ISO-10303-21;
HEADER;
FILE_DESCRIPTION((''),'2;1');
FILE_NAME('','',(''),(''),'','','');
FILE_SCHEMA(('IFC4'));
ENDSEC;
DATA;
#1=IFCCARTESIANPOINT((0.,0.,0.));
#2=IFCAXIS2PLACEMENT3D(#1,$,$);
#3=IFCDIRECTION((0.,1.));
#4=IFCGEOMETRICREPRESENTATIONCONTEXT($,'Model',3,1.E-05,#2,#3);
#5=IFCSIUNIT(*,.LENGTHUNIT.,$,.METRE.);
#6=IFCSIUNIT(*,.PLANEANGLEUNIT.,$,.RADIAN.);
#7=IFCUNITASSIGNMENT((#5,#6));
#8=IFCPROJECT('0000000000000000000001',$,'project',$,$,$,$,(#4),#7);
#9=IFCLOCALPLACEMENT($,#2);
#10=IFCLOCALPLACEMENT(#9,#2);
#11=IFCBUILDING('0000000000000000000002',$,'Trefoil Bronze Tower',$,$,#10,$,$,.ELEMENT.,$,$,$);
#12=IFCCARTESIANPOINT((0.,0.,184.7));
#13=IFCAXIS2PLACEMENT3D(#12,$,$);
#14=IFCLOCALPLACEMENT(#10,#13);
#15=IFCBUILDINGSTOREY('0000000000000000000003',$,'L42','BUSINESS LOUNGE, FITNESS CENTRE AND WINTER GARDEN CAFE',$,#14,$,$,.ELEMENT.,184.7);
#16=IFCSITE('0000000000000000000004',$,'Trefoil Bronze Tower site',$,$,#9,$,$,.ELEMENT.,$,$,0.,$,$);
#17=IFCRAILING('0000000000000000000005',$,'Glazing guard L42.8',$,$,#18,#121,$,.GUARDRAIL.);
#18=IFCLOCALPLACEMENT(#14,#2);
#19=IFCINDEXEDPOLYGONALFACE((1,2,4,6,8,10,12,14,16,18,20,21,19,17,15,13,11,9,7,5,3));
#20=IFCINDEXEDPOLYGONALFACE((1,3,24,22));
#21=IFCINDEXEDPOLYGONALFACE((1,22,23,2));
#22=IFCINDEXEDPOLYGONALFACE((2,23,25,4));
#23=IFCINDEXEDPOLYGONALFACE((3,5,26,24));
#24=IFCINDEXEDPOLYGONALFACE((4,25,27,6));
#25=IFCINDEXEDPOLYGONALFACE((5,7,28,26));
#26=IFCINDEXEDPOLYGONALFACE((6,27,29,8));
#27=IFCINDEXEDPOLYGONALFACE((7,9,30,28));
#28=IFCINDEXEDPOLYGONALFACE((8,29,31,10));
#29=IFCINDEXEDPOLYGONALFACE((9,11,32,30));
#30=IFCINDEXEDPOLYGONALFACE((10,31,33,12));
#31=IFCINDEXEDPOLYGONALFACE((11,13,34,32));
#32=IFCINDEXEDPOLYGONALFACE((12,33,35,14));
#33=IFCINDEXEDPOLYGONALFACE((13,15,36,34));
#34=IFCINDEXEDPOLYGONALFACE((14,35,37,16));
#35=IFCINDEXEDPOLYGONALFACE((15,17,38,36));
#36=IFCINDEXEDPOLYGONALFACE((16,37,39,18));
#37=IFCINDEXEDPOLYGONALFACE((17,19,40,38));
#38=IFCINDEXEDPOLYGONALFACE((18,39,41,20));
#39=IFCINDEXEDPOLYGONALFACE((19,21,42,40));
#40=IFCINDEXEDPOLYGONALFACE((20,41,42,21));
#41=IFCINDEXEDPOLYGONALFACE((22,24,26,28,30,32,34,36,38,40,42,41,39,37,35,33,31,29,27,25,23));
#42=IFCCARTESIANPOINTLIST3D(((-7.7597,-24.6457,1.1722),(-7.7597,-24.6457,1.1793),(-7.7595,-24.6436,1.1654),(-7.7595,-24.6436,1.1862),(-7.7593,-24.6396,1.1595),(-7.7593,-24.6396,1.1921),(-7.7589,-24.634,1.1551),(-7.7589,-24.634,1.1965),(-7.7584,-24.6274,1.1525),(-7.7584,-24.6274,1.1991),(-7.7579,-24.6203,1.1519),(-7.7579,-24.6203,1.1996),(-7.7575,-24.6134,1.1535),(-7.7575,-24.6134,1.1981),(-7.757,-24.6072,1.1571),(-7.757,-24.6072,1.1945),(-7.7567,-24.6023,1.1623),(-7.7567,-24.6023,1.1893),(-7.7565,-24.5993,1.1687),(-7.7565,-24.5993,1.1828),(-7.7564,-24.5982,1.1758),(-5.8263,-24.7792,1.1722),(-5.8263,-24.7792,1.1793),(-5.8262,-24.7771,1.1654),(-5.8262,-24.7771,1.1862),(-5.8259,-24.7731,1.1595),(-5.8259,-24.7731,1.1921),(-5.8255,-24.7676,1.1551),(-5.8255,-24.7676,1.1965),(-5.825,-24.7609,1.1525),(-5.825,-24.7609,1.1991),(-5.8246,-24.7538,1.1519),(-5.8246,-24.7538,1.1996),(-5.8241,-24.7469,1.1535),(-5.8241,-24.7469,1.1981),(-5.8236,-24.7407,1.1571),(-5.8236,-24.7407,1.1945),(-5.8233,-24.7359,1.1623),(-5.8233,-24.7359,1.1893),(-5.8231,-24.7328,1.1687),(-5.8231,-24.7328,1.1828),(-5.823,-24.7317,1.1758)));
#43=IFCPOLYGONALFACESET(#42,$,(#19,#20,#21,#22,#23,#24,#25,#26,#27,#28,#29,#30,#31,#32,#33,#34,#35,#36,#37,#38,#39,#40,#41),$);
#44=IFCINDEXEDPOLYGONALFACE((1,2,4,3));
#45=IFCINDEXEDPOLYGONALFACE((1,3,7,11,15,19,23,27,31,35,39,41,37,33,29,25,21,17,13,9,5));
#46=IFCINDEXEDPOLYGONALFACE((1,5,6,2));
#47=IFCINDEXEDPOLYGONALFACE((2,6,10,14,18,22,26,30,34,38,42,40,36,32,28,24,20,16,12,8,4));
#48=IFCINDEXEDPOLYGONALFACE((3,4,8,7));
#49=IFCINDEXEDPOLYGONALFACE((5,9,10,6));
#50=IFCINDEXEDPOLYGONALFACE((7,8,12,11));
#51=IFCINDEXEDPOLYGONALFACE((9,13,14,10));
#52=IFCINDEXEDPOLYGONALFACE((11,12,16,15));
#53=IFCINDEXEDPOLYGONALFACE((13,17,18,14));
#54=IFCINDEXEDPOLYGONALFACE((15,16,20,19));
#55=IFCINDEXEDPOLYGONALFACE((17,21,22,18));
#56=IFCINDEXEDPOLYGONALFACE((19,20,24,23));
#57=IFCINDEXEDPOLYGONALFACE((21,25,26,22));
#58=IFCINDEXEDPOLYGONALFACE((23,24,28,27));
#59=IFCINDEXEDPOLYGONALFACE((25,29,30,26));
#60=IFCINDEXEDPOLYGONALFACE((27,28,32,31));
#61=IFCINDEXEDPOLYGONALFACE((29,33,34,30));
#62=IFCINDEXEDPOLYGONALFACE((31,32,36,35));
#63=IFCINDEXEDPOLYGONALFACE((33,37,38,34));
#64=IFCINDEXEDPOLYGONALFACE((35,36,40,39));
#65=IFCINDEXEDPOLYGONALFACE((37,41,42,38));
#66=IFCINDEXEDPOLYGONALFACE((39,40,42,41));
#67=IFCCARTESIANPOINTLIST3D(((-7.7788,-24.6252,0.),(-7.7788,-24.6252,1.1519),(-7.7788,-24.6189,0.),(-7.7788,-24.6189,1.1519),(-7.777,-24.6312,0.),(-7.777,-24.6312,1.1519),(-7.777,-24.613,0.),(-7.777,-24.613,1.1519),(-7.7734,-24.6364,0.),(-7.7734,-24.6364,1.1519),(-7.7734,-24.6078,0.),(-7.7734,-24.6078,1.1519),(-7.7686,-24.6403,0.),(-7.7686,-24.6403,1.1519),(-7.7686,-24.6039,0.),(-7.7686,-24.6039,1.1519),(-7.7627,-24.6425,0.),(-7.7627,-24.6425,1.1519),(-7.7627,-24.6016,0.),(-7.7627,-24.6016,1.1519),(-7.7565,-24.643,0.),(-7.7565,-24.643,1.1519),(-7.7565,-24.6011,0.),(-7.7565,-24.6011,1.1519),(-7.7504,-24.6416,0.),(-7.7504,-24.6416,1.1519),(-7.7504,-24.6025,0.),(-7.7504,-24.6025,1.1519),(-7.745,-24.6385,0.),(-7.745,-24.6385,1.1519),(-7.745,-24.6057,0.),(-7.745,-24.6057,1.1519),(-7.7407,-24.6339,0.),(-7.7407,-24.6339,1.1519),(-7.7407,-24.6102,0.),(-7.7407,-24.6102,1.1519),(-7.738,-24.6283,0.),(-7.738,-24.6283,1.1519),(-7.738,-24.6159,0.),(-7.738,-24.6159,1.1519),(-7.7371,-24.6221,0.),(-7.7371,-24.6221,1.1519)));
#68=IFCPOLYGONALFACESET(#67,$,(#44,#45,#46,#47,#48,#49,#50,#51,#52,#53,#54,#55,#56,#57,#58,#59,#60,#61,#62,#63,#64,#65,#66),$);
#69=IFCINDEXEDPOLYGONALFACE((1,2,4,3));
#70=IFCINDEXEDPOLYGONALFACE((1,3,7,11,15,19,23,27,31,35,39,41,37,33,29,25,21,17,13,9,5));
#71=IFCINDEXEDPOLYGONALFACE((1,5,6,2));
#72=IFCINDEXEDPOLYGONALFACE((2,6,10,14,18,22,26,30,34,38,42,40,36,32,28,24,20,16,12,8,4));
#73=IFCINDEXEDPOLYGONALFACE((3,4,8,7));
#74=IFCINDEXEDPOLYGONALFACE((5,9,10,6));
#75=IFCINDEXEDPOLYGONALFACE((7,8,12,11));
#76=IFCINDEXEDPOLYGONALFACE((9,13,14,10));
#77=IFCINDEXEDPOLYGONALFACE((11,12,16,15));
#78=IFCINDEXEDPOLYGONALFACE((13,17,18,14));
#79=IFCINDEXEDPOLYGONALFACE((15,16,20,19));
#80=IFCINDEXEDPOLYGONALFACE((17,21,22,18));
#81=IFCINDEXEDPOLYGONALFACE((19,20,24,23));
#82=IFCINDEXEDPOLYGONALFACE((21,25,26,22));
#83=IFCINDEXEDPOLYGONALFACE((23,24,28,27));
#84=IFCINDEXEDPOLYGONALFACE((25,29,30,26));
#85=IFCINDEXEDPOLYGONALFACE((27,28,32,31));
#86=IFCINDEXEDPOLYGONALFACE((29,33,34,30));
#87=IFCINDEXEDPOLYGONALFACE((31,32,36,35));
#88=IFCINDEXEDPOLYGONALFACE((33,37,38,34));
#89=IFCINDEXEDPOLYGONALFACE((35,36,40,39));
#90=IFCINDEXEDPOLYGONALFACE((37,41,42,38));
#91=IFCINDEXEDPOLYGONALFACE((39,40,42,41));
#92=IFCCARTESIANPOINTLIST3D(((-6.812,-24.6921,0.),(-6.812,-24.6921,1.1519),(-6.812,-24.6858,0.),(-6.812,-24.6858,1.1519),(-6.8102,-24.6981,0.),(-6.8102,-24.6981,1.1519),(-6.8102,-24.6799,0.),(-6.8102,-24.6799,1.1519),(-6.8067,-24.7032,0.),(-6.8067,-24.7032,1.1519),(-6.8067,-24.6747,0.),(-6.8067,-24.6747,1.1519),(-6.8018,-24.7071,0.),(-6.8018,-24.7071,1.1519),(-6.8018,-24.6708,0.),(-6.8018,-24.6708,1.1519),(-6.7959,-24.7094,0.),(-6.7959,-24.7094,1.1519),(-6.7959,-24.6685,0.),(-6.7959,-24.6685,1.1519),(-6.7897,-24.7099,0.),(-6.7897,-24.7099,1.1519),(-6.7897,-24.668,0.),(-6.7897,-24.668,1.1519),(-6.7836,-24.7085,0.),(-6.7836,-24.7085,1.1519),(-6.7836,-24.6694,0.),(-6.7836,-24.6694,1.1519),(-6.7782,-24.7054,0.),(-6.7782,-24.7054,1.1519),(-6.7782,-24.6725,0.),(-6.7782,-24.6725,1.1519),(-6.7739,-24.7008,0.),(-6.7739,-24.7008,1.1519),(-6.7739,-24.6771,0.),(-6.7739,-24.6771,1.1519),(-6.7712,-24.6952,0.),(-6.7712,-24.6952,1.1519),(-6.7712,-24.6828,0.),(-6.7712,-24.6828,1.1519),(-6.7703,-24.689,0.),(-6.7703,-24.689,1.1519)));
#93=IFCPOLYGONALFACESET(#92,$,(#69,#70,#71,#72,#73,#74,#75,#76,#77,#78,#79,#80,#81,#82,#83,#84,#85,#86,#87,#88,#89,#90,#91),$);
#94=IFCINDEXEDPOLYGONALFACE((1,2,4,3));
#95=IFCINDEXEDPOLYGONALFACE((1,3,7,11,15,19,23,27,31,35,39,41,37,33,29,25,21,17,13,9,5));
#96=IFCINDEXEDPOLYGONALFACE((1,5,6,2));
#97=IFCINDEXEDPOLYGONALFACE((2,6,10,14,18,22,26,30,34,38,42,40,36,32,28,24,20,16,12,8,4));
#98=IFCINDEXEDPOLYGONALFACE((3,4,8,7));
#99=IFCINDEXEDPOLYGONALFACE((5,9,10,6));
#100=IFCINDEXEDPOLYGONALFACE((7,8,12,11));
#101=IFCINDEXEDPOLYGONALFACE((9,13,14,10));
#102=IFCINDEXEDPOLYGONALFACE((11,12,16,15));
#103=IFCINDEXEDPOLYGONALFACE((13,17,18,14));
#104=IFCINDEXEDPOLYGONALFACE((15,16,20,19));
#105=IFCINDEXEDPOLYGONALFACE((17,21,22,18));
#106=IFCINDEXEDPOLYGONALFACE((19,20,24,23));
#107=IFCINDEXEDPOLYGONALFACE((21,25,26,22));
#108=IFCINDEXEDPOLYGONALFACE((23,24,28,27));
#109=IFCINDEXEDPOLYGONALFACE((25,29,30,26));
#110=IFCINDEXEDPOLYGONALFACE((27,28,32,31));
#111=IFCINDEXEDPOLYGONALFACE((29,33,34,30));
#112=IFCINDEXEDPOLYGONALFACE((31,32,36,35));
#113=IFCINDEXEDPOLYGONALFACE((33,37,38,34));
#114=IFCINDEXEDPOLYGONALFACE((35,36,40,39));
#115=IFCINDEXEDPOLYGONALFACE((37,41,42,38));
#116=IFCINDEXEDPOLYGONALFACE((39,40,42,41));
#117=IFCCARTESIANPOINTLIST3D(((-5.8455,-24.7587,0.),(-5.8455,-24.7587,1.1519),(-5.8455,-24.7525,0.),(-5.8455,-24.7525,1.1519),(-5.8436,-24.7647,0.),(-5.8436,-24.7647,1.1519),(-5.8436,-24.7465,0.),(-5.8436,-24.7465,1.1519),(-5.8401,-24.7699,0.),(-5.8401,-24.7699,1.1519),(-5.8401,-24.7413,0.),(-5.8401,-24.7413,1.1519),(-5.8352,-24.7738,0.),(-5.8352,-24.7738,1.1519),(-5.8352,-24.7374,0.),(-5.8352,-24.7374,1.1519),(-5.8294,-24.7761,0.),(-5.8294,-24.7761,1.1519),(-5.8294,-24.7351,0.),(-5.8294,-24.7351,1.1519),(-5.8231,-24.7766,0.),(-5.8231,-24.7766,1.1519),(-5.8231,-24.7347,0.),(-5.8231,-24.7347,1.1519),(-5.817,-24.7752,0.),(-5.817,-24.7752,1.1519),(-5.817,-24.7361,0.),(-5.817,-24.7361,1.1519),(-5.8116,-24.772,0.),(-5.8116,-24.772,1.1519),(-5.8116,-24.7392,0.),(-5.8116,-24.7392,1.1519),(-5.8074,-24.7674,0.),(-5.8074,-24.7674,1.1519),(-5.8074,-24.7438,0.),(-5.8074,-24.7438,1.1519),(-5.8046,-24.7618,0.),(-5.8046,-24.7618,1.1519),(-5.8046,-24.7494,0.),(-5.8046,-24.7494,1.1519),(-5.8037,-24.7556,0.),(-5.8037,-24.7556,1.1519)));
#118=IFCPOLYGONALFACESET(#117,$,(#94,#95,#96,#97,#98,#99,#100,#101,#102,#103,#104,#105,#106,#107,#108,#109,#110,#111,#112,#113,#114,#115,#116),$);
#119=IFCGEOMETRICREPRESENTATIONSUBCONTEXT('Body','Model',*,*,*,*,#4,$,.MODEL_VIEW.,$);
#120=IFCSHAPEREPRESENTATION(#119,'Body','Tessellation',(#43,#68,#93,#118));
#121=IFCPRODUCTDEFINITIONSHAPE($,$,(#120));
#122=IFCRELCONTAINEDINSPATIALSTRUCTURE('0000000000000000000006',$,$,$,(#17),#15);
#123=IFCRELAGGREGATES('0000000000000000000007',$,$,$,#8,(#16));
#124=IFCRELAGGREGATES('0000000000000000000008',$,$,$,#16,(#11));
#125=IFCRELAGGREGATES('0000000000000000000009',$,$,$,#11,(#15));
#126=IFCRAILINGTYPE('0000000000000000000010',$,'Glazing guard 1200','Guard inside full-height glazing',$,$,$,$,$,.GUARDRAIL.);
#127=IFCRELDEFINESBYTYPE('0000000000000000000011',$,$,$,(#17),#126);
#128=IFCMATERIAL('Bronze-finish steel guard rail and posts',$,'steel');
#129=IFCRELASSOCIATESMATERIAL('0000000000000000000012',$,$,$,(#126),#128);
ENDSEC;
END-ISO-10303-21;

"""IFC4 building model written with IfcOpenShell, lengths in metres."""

from ifc_helpers import new_model, si_unit, direction, frame, origin, origin_2d, place, context, subcontext, project, spatial, circle, extrude, material, type_object, element, save


model = new_model("IFC4")

# Units and contexts
model_context = context("Model", 3, precision=1e-05, world=origin(), true_north=direction((0.0, 1.0)))
body_context = subcontext(model_context, "Body", "Model", "MODEL_VIEW")
ifc_project = project(units=[si_unit("LENGTHUNIT", "METRE"), si_unit("PLANEANGLEUNIT", "RADIAN")], contexts=[model_context])

# Site, building, storey
site_placement = place(None, origin())
site = spatial("IfcSite", under=ifc_project, at=site_placement, Name="Trefoil Bronze Tower site", CompositionType="ELEMENT", RefElevation=0.0)
building_placement = place(site_placement, origin())
building = spatial("IfcBuilding", under=site, at=building_placement, Name="Trefoil Bronze Tower", CompositionType="ELEMENT")
storey_placement = place(building_placement, frame((0.0, 0.0, 184.7)))
storey = spatial("IfcBuildingStorey", under=building, at=storey_placement, Name="L42", Description="BUSINESS LOUNGE, FITNESS CENTRE AND WINTER GARDEN CAFE", CompositionType="ELEMENT", Elevation=184.7)

# Railing
ifc_material_1 = material(Name="Bronze-finish steel guard rail and posts", Category="steel")
railing_type = type_object("IfcRailingType", Name="Glazing guard 1200", Description="Guard inside full-height glazing", PredefinedType="GUARDRAIL", material=ifc_material_1)
railing_1_placement = place(storey_placement, frame((-7.7581, -24.6221, 0.0)))
element("IfcRailing", 1, at=railing_1_placement, inside=storey, type_object=railing_type, Name="Glazing guard L42.8", PredefinedType="GUARDRAIL", context=body_context, shape_type="SweptSolid", body=[
    extrude(circle(Radius=0.0239, at=origin_2d()), frame((0.0, 0.0, 1.1758), z_axis=(0.997623, -0.06891, 0.0), x_axis=(0.06891, 0.997623, 0.0)), (0.0, 0.0, 1.0), 1.938),
    extrude(circle(Radius=0.021, at=origin_2d()), origin(), (0.0, 0.0, 1.0), 1.1519),
    extrude(circle(Radius=0.021, at=origin_2d()), frame((0.9668, -0.0669, 0.0)), (0.0, 0.0, 1.0), 1.1519),
    extrude(circle(Radius=0.021, at=origin_2d()), frame((1.9333, -0.1335, 0.0)), (0.0, 0.0, 1.0), 1.1519),
])

save(model, "model.ifc")
